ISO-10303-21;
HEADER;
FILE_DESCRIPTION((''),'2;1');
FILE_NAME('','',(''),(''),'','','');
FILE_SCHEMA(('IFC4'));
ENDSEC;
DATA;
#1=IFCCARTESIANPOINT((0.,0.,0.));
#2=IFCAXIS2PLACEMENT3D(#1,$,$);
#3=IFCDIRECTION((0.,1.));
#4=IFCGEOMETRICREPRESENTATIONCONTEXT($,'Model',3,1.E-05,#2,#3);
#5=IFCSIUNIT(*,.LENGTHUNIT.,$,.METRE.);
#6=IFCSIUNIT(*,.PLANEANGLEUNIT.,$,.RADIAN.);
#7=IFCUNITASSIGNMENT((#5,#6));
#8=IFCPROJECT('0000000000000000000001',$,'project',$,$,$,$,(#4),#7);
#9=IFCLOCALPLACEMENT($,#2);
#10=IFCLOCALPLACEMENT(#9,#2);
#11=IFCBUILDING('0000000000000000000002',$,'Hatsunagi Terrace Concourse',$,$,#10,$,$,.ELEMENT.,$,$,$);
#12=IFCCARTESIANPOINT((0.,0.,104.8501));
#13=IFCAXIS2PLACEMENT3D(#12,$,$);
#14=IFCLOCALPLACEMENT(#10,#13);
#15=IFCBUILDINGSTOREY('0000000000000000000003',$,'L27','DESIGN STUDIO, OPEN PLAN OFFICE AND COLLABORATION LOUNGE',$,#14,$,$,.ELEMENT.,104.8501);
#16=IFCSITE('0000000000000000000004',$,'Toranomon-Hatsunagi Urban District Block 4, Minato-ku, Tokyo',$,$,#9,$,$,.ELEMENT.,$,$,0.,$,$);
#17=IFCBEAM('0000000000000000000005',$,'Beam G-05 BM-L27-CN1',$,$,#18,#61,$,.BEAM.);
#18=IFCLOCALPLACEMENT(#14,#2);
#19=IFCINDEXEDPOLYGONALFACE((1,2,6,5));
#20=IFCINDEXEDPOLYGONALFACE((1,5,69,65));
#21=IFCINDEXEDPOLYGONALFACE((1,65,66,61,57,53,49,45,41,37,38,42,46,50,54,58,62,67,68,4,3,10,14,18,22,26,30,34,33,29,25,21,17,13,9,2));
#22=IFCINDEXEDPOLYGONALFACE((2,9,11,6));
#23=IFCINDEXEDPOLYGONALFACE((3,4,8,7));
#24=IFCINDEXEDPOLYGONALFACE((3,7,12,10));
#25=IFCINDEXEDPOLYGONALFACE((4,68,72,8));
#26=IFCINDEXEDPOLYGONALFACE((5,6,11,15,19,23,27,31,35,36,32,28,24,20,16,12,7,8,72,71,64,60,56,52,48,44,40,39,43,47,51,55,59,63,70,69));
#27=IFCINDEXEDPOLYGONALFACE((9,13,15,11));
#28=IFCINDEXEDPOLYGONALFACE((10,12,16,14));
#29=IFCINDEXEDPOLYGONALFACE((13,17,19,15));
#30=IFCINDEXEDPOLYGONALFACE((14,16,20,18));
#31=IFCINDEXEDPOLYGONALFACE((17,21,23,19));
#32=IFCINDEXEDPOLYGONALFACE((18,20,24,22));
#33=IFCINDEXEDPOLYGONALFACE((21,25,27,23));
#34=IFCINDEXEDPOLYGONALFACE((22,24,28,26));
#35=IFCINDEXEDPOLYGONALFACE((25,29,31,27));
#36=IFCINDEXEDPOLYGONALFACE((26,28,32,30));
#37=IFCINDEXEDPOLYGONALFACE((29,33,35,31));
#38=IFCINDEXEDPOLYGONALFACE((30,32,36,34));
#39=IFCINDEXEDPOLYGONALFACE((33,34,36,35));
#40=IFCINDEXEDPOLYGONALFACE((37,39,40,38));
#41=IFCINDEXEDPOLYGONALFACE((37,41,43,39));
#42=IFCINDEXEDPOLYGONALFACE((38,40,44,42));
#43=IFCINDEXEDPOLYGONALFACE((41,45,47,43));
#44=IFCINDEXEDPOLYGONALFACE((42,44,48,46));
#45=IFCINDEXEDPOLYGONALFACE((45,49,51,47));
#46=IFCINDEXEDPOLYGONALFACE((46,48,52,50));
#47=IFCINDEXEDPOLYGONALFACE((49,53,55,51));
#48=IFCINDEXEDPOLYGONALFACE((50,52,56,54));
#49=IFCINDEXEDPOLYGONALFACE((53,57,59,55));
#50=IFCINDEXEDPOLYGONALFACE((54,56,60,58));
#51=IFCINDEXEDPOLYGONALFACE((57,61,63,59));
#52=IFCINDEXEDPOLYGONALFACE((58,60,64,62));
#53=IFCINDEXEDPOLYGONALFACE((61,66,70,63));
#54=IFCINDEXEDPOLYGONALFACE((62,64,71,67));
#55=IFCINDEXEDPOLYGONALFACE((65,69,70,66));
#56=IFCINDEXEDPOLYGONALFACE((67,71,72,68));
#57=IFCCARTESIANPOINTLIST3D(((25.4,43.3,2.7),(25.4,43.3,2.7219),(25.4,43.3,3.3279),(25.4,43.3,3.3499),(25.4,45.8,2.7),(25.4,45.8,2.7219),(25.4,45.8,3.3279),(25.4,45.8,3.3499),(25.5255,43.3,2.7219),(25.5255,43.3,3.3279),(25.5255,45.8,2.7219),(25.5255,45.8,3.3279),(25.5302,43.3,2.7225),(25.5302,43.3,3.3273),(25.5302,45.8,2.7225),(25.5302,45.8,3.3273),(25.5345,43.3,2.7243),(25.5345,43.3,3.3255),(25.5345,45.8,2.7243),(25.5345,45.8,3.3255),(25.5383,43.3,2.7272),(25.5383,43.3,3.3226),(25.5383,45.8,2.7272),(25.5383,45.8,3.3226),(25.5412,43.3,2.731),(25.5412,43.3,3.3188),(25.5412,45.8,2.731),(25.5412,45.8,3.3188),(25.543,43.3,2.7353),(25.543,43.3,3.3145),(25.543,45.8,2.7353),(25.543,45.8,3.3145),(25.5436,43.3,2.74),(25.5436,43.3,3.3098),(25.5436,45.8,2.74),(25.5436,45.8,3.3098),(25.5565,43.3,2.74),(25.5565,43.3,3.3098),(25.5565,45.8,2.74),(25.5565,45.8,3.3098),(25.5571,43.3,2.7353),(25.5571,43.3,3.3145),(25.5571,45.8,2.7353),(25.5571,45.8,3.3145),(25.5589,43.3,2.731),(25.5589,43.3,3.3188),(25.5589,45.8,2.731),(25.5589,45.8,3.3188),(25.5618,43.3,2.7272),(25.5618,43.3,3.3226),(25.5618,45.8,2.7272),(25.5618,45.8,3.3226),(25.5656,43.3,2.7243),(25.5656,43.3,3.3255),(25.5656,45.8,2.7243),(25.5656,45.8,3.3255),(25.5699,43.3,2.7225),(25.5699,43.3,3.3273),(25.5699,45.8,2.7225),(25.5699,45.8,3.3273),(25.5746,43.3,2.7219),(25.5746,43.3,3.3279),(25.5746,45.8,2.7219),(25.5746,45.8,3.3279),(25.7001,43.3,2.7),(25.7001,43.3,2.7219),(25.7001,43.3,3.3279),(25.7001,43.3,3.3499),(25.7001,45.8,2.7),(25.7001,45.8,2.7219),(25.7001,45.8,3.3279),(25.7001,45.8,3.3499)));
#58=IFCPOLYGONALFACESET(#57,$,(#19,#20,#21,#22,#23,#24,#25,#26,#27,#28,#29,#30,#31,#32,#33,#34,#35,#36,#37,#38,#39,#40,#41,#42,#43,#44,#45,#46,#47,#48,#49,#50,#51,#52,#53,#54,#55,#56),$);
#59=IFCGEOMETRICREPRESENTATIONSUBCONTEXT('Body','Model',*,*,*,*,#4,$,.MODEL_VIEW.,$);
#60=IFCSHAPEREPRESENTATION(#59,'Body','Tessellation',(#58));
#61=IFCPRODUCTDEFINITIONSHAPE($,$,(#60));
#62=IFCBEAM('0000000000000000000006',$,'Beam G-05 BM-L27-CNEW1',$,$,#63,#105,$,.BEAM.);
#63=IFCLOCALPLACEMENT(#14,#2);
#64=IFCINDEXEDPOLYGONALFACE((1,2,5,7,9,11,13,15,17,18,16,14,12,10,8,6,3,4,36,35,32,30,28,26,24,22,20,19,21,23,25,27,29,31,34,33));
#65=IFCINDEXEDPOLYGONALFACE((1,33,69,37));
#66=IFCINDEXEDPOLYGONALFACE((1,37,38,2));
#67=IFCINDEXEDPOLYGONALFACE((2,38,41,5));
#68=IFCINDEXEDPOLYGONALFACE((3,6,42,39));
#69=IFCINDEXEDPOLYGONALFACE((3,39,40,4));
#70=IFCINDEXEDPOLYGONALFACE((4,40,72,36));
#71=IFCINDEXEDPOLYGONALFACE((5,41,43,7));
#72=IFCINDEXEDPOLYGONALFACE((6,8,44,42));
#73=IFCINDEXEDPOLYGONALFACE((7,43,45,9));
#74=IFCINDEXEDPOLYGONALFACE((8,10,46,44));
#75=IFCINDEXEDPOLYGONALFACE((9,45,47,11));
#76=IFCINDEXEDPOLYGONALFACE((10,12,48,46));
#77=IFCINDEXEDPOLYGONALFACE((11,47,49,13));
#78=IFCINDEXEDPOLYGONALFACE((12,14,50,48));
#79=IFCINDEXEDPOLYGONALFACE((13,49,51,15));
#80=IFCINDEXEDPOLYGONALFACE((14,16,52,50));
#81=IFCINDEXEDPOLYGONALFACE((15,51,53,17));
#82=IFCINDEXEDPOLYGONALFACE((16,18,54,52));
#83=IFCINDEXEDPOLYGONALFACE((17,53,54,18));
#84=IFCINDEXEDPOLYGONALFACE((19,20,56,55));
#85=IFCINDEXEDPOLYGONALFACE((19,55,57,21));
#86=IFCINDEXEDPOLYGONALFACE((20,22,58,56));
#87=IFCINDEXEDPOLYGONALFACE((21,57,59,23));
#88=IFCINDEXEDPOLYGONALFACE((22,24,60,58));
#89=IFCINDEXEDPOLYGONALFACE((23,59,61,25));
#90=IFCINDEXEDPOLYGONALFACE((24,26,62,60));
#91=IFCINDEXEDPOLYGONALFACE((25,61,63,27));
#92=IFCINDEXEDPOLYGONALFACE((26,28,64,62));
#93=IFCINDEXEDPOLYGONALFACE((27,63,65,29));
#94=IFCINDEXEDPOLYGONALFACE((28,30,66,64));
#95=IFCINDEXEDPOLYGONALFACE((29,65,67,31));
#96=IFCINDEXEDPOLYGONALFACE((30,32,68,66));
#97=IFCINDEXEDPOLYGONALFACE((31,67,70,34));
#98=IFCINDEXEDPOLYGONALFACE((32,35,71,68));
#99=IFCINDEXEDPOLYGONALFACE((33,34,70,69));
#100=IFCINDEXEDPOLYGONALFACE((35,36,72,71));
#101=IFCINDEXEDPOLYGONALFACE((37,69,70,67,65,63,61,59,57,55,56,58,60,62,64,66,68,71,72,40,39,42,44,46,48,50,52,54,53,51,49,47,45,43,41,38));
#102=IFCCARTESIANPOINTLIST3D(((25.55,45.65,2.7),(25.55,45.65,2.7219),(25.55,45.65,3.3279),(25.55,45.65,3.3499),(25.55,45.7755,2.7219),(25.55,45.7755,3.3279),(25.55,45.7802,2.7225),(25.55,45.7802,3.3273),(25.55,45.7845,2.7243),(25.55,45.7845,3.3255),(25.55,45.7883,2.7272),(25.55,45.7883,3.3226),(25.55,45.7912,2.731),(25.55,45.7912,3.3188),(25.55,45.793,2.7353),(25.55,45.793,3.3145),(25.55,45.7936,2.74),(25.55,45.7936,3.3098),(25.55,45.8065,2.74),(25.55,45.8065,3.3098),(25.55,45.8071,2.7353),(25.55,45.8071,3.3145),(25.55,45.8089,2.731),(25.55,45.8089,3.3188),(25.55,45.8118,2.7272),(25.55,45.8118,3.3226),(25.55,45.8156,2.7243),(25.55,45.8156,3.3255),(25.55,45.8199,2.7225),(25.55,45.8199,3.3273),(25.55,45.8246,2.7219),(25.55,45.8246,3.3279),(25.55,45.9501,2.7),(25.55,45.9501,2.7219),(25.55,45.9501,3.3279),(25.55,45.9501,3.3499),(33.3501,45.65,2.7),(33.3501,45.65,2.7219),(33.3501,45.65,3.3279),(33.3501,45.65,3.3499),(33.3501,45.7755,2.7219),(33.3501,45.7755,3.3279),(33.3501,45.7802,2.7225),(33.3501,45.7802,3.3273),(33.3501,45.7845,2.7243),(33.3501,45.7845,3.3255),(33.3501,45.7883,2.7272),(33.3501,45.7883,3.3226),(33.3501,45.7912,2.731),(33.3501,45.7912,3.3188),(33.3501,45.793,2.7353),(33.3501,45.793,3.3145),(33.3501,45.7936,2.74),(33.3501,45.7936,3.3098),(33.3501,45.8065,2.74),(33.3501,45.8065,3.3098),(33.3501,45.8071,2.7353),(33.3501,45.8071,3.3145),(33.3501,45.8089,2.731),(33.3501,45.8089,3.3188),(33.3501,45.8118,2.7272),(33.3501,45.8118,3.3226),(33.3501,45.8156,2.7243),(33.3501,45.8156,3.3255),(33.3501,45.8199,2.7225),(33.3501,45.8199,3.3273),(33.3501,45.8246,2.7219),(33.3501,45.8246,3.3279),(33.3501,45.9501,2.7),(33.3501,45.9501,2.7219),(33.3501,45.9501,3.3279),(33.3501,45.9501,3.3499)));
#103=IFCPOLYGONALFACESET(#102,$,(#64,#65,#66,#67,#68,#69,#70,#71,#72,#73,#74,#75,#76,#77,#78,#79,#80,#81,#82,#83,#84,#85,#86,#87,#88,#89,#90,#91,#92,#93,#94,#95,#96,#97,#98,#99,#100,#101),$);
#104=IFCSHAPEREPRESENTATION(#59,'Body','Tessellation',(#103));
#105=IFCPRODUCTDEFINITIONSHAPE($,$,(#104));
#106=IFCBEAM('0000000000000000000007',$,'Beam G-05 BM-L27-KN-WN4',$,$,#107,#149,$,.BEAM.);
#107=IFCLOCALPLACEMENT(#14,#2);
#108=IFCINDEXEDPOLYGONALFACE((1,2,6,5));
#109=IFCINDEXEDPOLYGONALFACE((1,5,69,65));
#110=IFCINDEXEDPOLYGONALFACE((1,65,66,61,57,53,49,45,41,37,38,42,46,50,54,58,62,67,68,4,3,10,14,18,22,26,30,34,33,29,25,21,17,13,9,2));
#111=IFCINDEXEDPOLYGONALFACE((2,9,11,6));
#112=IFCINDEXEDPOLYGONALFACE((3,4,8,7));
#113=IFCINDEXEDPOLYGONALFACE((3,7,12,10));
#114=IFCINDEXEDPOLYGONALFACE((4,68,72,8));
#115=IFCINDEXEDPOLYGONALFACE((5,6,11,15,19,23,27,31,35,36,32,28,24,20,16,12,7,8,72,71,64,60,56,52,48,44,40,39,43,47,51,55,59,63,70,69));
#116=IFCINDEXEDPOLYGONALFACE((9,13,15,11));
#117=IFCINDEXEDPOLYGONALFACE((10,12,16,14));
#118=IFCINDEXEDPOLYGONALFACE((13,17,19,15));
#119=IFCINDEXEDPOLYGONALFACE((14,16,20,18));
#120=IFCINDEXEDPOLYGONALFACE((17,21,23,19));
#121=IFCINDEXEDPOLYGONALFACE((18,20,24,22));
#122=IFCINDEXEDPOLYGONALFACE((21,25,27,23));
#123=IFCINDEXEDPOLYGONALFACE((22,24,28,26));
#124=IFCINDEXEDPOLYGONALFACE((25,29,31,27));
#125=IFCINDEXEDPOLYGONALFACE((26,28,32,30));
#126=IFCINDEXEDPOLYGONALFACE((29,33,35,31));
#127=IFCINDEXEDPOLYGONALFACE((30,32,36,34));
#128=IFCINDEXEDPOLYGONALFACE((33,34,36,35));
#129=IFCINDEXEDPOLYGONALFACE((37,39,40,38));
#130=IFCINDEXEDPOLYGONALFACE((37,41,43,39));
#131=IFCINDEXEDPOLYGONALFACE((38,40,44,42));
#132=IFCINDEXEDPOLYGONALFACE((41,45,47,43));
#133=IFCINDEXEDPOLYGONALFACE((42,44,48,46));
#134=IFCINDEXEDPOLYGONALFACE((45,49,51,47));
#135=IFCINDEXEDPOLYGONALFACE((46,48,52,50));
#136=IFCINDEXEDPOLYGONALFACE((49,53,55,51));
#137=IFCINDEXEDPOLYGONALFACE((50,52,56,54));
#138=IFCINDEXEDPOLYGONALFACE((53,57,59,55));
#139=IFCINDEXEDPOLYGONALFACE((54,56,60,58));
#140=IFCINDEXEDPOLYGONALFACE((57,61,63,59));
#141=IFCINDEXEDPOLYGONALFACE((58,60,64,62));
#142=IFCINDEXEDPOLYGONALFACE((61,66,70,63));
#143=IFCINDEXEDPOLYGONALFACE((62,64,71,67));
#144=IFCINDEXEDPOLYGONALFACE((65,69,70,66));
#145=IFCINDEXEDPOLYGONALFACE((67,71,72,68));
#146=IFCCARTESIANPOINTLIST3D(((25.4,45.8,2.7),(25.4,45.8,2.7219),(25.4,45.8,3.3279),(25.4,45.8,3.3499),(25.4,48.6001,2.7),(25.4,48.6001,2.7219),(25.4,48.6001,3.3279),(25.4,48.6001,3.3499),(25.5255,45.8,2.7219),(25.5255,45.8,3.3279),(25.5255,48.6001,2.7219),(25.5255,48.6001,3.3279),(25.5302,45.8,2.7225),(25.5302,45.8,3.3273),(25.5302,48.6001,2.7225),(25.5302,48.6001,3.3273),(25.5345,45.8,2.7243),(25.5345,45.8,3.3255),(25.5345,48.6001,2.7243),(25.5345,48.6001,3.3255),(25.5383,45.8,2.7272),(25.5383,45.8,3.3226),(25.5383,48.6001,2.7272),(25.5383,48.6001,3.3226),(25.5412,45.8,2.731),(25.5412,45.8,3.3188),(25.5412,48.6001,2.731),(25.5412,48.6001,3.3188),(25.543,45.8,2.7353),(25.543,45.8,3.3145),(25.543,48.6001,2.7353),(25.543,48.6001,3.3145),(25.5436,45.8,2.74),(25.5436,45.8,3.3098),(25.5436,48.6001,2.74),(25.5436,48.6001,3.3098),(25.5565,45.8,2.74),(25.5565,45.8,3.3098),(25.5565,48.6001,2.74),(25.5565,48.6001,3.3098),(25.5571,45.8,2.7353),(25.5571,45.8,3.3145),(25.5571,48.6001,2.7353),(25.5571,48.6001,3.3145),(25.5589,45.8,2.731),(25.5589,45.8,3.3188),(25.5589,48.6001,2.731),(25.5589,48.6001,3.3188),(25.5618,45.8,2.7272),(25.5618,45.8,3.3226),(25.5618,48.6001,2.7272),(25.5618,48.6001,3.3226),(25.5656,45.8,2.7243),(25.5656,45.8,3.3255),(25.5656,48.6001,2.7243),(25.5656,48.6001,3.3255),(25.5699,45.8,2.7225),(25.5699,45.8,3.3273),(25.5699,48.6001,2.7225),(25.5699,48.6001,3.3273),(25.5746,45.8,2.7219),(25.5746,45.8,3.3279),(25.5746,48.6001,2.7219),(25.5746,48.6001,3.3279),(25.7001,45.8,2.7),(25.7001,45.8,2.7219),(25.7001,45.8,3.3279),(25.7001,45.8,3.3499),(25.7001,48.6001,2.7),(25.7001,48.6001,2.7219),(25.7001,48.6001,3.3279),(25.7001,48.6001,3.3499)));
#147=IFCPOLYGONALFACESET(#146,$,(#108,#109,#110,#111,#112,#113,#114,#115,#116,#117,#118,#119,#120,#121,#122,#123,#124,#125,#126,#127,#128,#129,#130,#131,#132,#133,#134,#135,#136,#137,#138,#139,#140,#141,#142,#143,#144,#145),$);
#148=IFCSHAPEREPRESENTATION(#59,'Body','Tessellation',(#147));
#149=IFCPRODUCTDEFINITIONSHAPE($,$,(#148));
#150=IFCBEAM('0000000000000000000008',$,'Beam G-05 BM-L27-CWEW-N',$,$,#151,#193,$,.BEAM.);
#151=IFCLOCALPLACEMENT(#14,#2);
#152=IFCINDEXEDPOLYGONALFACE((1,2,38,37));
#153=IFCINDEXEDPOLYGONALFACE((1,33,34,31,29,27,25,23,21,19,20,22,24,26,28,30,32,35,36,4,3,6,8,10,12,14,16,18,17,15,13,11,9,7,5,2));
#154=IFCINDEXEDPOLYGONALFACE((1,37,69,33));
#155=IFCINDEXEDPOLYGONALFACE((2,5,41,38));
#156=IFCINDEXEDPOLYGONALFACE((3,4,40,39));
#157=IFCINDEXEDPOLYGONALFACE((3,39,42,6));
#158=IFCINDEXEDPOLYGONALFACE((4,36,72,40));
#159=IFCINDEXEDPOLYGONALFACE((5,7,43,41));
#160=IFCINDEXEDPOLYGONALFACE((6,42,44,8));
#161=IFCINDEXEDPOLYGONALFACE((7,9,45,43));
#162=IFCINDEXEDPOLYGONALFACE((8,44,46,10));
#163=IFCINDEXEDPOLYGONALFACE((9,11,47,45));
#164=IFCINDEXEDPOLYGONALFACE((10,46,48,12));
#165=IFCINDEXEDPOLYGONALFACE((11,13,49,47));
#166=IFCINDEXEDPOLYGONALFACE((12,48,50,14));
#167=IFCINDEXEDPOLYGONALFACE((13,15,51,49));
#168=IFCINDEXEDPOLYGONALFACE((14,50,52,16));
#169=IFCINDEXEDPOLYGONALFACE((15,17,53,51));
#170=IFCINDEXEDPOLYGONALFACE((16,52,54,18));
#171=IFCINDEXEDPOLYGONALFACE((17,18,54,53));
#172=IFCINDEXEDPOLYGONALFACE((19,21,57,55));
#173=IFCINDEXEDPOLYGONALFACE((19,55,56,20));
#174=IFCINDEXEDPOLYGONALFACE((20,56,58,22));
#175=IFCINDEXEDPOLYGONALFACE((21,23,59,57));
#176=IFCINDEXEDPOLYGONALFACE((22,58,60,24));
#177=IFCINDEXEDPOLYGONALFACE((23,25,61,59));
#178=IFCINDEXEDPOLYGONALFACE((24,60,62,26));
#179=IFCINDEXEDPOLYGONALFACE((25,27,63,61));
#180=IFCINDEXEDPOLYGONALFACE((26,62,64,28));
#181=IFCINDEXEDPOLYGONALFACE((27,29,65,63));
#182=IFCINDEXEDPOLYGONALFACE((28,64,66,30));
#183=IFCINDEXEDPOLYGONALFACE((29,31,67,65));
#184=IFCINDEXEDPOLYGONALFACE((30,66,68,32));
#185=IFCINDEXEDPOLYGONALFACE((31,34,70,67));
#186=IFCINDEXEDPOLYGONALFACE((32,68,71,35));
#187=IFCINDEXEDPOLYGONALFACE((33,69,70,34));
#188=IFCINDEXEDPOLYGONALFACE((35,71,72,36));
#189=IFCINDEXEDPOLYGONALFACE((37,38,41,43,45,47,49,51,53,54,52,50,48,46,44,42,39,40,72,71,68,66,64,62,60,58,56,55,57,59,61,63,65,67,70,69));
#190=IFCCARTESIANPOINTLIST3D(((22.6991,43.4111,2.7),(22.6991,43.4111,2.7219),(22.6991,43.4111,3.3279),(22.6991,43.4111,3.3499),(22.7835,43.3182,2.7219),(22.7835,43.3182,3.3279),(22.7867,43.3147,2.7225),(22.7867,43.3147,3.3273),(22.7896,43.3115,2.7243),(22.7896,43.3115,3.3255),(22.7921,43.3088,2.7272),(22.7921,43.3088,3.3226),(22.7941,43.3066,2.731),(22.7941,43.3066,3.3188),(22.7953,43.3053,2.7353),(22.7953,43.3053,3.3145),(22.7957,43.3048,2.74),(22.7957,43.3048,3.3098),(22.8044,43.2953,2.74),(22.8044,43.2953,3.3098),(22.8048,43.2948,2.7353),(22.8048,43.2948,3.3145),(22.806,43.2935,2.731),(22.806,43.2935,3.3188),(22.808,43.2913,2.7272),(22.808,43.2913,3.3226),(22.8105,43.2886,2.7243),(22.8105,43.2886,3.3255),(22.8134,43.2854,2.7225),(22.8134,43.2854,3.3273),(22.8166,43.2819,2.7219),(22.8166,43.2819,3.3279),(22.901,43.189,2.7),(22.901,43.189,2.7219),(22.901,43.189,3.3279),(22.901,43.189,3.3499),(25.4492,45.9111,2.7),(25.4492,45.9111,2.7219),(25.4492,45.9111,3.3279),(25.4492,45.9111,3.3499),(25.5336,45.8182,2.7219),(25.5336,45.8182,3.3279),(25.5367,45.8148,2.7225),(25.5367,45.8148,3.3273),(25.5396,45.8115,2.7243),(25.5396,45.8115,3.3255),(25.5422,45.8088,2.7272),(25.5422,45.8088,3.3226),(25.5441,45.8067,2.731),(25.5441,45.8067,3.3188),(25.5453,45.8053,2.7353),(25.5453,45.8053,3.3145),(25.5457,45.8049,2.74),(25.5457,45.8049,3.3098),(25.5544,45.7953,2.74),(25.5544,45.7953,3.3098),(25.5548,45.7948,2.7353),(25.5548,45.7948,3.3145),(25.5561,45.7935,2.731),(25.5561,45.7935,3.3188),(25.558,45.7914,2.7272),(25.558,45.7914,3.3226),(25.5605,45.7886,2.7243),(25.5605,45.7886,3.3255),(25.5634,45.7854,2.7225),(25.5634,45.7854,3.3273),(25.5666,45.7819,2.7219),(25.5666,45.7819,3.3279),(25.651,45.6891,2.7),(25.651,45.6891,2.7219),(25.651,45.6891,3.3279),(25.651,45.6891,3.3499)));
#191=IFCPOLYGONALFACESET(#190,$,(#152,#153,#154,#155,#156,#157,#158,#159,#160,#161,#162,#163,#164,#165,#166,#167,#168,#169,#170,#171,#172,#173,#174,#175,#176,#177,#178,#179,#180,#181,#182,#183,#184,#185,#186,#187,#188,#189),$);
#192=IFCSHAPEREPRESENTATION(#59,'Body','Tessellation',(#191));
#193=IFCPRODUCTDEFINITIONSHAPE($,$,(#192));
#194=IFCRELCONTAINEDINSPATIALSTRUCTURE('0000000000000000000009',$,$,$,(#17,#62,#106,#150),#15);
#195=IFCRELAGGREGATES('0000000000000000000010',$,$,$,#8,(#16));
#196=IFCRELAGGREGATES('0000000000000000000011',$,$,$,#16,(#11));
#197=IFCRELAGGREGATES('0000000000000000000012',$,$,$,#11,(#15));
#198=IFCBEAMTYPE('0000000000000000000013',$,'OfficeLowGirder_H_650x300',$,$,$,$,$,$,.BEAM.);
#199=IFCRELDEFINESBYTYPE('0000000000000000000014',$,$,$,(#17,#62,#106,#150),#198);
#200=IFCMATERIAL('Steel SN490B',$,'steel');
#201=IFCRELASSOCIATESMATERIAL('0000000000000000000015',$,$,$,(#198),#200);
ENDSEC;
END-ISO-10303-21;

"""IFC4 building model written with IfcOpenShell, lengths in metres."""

from ifc_helpers import new_model, si_unit, direction, frame, origin, origin_2d, place, context, subcontext, project, spatial, i_section, extrude, material, material_profile, profile_set, type_object, element, save


model = new_model("IFC4")

# Units and contexts
model_context = context("Model", 3, precision=1e-05, world=origin(), true_north=direction((0.0, 1.0)))
body_context = subcontext(model_context, "Body", "Model", "MODEL_VIEW")
ifc_project = project(units=[si_unit("LENGTHUNIT", "METRE"), si_unit("PLANEANGLEUNIT", "RADIAN")], contexts=[model_context])

# Site, building, storey
site_placement = place(None, origin())
site = spatial("IfcSite", under=ifc_project, at=site_placement, Name="Toranomon-Hatsunagi Urban District Block 4, Minato-ku, Tokyo", CompositionType="ELEMENT", RefElevation=0.0)
building_placement = place(site_placement, origin())
building = spatial("IfcBuilding", under=site, at=building_placement, Name="Hatsunagi Terrace Concourse", CompositionType="ELEMENT")
storey_placement = place(building_placement, frame((0.0, 0.0, 104.8501)))
storey = spatial("IfcBuildingStorey", under=building, at=storey_placement, Name="L27", Description="DESIGN STUDIO, OPEN PLAN OFFICE AND COLLABORATION LOUNGE", CompositionType="ELEMENT", Elevation=104.8501)

# Beams
ifc_material_1 = material(Name="Steel SN490B", Category="steel")
ifc_material_profile_1 = material_profile(ifc_material_1, i_section(OverallWidth=0.3, OverallDepth=0.6499, WebThickness=0.0129, FlangeThickness=0.022, FilletRadius=0.0181, at=origin_2d()), Name="H-650x300x13x22")
ifc_profile_set_1 = profile_set([ifc_material_profile_1], Name="Steel SN490B")
beam_type_1 = type_object("IfcBeamType", Name="OfficeLowGirder_H_650x300", PredefinedType="BEAM", material=ifc_profile_set_1)
beam_1_placement = place(storey_placement, frame((25.55, 43.3, 3.0249), z_axis=(0.0, 1.0, 0.0), x_axis=(-1.0, 0.0, 0.0)))
element("IfcBeam", 1, at=beam_1_placement, inside=storey, type_object=beam_type_1, Name="Beam G-05 BM-L27-CN1", PredefinedType="BEAM", context=body_context, shape_type="SweptSolid", body=[
    extrude(i_section(OverallWidth=0.3, OverallDepth=0.6499, WebThickness=0.0129, FlangeThickness=0.022, FilletRadius=0.0181, at=origin_2d()), origin(), (0.0, 0.0, 1.0), 2.5),
])
beam_2_placement = place(storey_placement, frame((25.55, 45.8, 3.0249), z_axis=(1.0, 0.0, 0.0), x_axis=(0.0, 1.0, 0.0)))
element("IfcBeam", 2, at=beam_2_placement, inside=storey, type_object=beam_type_1, Name="Beam G-05 BM-L27-CNEW1", PredefinedType="BEAM", context=body_context, shape_type="SweptSolid", body=[
    extrude(i_section(OverallWidth=0.3, OverallDepth=0.6499, WebThickness=0.0129, FlangeThickness=0.022, FilletRadius=0.0181, at=origin_2d()), origin(), (0.0, 0.0, 1.0), 7.8),
])
beam_3_placement = place(storey_placement, frame((25.55, 45.8, 3.0249), z_axis=(0.0, 1.0, 0.0), x_axis=(-1.0, 0.0, 0.0)))
element("IfcBeam", 3, at=beam_3_placement, inside=storey, type_object=beam_type_1, Name="Beam G-05 BM-L27-KN-WN4", PredefinedType="BEAM", context=body_context, shape_type="SweptSolid", body=[
    extrude(i_section(OverallWidth=0.3, OverallDepth=0.6499, WebThickness=0.0129, FlangeThickness=0.022, FilletRadius=0.0181, at=origin_2d()), origin(), (0.0, 0.0, 1.0), 2.8),
])
beam_4_placement = place(storey_placement, frame((22.8, 43.3, 3.0249), z_axis=(0.73994, 0.672673, 0.0), x_axis=(-0.672673, 0.73994, 0.0)))
element("IfcBeam", 4, at=beam_4_placement, inside=storey, type_object=beam_type_1, Name="Beam G-05 BM-L27-CWEW-N", PredefinedType="BEAM", context=body_context, shape_type="SweptSolid", body=[
    extrude(i_section(OverallWidth=0.3, OverallDepth=0.6499, WebThickness=0.0129, FlangeThickness=0.022, FilletRadius=0.0181, at=origin_2d()), origin(), (0.0, 0.0, 1.0), 3.7166),
])

save(model, "model.ifc")
